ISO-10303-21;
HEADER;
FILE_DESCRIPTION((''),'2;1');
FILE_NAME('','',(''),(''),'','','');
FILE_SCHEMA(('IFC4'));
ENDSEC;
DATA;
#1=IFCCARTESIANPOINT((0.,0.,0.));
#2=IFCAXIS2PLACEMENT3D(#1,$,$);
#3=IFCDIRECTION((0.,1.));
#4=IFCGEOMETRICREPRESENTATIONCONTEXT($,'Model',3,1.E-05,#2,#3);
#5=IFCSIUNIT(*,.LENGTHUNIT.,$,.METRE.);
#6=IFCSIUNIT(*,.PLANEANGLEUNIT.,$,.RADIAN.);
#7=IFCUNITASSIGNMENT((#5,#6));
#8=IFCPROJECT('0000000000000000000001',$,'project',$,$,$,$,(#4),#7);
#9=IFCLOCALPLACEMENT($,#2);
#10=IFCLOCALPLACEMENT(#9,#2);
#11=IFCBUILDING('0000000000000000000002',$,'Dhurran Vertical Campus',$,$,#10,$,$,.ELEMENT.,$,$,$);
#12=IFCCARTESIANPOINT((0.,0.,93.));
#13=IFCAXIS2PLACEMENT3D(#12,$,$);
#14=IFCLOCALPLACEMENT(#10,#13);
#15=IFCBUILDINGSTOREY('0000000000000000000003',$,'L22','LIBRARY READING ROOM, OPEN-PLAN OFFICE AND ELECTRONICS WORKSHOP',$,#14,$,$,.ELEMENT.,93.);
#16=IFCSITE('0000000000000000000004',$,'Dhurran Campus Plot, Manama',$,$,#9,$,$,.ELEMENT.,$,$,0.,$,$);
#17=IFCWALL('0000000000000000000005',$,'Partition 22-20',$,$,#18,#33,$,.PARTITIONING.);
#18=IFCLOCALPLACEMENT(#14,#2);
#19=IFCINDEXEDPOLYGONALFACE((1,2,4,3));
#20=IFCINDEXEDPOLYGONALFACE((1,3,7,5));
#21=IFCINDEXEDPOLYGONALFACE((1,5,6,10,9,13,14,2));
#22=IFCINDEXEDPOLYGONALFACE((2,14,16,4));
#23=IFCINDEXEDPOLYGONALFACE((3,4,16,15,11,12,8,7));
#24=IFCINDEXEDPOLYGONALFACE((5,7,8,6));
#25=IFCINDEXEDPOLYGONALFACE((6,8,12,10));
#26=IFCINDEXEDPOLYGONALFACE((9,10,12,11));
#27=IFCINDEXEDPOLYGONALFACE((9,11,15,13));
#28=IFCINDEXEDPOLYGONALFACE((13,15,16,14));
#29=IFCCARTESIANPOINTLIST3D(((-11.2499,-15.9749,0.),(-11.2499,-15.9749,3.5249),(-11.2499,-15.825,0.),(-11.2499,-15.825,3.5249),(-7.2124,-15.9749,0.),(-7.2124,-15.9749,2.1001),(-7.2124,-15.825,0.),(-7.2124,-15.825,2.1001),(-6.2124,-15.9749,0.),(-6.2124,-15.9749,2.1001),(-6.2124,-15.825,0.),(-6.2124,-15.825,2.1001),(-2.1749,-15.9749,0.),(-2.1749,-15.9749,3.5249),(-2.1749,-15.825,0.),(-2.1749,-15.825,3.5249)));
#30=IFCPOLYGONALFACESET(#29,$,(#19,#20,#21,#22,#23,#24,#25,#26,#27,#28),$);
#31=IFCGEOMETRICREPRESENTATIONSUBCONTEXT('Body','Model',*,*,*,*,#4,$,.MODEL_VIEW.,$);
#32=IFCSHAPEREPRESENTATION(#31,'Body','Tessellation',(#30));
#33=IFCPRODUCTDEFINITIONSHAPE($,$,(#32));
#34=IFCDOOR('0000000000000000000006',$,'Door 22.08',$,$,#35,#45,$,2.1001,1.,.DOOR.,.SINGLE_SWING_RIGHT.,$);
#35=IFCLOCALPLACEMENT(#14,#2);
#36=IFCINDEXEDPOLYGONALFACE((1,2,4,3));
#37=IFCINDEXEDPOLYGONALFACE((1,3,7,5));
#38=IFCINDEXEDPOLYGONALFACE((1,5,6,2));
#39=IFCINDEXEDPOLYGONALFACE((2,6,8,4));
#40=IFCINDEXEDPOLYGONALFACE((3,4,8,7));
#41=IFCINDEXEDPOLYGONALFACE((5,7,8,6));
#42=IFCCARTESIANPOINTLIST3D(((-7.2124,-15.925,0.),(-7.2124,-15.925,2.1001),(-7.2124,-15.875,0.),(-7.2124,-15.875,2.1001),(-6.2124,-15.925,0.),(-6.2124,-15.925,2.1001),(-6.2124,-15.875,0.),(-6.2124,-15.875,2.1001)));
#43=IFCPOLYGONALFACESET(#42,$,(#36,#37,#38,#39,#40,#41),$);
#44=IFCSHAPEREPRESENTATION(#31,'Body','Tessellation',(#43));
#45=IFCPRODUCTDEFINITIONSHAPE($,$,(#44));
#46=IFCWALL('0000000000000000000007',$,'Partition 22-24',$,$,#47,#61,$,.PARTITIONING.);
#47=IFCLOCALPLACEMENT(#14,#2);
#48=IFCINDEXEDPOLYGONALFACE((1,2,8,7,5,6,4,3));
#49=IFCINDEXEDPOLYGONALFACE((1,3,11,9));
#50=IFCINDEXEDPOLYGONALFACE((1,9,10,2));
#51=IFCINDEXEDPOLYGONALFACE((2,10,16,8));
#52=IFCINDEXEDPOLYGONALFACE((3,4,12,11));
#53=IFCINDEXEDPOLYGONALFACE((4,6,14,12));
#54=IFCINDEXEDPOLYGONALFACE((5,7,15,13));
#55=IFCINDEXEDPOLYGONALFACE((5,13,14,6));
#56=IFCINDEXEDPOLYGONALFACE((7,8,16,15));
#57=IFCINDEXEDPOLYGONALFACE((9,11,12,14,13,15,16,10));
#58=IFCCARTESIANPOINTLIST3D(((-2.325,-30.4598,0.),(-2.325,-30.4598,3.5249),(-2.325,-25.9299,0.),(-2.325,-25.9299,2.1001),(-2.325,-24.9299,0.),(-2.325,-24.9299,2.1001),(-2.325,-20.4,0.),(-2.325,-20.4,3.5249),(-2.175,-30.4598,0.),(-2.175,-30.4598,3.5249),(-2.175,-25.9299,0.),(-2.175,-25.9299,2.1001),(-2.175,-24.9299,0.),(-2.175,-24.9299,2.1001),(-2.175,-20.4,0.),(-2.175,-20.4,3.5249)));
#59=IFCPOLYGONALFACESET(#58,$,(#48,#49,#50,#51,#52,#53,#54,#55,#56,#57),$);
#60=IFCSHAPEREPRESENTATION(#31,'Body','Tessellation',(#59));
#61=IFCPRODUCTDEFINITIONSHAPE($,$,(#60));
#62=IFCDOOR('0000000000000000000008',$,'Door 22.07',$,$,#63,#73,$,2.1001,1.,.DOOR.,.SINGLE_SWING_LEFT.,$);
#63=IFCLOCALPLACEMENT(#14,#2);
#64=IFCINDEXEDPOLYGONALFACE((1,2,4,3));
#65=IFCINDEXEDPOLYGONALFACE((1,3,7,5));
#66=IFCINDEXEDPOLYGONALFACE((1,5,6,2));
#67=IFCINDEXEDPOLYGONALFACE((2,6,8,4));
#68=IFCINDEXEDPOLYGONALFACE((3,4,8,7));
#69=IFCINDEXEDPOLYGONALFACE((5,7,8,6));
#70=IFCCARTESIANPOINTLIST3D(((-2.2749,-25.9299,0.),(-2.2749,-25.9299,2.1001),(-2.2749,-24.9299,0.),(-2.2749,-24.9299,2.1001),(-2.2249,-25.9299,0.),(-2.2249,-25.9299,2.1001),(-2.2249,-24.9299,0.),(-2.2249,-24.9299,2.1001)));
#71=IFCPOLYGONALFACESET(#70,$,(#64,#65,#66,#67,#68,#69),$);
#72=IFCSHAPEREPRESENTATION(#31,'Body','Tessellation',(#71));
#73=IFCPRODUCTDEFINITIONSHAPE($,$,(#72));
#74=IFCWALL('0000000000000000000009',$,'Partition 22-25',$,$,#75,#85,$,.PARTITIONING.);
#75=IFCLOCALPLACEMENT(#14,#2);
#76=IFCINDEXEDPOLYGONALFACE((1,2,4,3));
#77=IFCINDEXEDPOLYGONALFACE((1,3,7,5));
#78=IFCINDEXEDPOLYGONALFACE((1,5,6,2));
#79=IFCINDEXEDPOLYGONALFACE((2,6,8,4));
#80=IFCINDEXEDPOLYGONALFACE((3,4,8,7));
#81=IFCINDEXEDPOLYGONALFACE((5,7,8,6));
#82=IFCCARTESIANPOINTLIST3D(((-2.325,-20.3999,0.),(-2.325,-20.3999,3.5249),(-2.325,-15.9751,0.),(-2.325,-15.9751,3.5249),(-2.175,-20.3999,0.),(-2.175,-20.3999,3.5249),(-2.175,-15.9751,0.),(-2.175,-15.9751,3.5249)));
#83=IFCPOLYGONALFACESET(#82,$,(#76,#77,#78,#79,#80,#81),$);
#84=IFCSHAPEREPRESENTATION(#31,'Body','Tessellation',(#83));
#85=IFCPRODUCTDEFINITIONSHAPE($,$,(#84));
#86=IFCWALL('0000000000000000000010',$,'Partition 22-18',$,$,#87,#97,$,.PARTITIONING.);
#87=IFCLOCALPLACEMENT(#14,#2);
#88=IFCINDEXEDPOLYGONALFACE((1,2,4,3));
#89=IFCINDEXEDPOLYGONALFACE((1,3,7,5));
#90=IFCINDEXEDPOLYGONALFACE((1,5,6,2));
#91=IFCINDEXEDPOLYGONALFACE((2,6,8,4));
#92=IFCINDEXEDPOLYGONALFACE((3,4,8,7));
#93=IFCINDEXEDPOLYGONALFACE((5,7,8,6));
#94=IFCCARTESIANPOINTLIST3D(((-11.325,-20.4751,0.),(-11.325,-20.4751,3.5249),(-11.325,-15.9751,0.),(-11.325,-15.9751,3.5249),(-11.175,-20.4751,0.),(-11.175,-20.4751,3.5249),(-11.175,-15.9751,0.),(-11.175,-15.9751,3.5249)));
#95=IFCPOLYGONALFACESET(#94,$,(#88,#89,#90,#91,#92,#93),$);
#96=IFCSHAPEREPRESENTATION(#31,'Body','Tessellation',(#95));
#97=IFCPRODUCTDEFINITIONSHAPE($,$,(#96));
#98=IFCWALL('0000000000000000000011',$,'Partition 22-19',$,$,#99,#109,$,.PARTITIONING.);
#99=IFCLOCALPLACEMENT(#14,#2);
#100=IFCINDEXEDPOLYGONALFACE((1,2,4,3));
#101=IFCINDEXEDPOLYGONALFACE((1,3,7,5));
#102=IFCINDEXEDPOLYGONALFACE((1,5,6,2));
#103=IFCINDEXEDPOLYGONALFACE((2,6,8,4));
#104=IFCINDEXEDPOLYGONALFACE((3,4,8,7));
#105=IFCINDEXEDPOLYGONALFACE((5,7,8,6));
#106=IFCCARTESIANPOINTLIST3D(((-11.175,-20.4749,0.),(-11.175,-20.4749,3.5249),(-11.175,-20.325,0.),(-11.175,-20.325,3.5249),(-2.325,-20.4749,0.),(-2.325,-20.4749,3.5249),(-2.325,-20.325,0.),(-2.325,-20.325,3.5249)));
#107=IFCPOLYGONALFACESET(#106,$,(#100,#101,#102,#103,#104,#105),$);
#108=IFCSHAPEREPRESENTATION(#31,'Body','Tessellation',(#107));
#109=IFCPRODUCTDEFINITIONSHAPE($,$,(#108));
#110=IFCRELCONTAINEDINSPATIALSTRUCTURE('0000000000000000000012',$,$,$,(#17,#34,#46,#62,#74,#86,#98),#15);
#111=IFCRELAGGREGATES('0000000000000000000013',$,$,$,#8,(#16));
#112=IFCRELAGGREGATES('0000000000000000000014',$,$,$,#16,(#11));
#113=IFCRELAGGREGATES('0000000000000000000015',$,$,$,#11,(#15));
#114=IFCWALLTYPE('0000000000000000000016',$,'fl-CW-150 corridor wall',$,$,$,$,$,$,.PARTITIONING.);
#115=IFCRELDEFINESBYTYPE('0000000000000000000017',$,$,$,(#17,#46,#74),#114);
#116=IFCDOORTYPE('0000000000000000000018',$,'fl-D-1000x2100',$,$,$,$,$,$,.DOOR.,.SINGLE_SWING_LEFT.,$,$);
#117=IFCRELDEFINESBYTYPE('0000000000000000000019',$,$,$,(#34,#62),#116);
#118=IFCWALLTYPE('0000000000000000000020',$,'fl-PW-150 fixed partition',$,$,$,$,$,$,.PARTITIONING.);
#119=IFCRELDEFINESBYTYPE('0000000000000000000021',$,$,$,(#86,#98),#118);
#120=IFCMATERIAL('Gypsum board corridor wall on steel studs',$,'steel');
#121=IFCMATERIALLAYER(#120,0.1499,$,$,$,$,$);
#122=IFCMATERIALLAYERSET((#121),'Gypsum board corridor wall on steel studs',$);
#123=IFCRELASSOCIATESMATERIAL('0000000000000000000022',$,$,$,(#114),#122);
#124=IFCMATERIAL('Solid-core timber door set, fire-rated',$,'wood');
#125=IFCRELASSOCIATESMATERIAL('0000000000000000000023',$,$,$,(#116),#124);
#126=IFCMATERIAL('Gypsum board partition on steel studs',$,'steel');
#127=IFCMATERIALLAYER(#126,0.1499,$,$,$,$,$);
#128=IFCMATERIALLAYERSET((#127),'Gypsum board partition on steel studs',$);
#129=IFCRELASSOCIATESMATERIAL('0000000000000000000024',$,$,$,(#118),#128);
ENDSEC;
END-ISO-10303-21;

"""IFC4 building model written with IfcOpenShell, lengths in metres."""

from ifc_helpers import new_model, si_unit, direction, frame, frame_2d, origin, place, context, subcontext, project, spatial, rectangle, extrude, material, layer, layer_set, type_object, element, fill, save


model = new_model("IFC4")

# Units and contexts
model_context = context("Model", 3, precision=1e-05, world=origin(), true_north=direction((0.0, 1.0)))
body_context = subcontext(model_context, "Body", "Model", "MODEL_VIEW")
ifc_project = project(units=[si_unit("LENGTHUNIT", "METRE"), si_unit("PLANEANGLEUNIT", "RADIAN")], contexts=[model_context])

# Site, building, storey
site_placement = place(None, origin())
site = spatial("IfcSite", under=ifc_project, at=site_placement, Name="Dhurran Campus Plot, Manama", CompositionType="ELEMENT", RefElevation=0.0)
building_placement = place(site_placement, origin())
building = spatial("IfcBuilding", under=site, at=building_placement, Name="Dhurran Vertical Campus", CompositionType="ELEMENT")
storey_placement = place(building_placement, frame((0.0, 0.0, 93.0)))
storey = spatial("IfcBuildingStorey", under=building, at=storey_placement, Name="L22", Description="LIBRARY READING ROOM, OPEN-PLAN OFFICE AND ELECTRONICS WORKSHOP", CompositionType="ELEMENT", Elevation=93.0)

# Walls, openings, doors
ifc_material_1 = material(Name="Gypsum board corridor wall on steel studs", Category="steel")
ifc_layer_1 = layer(ifc_material_1, 0.1499)
ifc_layer_set_1 = layer_set([ifc_layer_1], Name="Gypsum board corridor wall on steel studs")
wall_type_1 = type_object("IfcWallType", Name="fl-CW-150 corridor wall", PredefinedType="PARTITIONING", material=ifc_layer_set_1)
wall_1_placement = place(storey_placement, frame((-11.25, -15.8999, 0.0), z_axis=(0.0, 0.0, 1.0), x_axis=(1.0, 0.0, 0.0)))
wall_1 = element("IfcWall", 1, at=wall_1_placement, inside=storey, type_object=wall_type_1, Name="Partition 22-20", PredefinedType="PARTITIONING", context=body_context, shape_type="SweptSolid", body=[
    extrude(rectangle(XDim=9.075, YDim=0.1499, at=frame_2d((4.5376, 0.0))), origin(), (0.0, 0.0, 1.0), 3.5249),
])
opening_1_placement = place(wall_1_placement, frame((4.0376, 0.0, 0.0)))
opening_1 = element("IfcOpeningElement", 2, at=opening_1_placement, cuts=wall_1, PredefinedType="OPENING", context=body_context, shape_type="SweptSolid", body=[
    extrude(rectangle(XDim=1.0, YDim=2.1001, at=frame_2d((0.5, 1.05))), frame((0.0, 0.085, 0.0), z_axis=(0.0, -1.0, 0.0), x_axis=(1.0, 0.0, 0.0)), (0.0, 0.0, 1.0), 0.1699),
])
ifc_material_2 = material(Name="Solid-core timber door set, fire-rated", Category="wood")
door_type_1 = type_object("IfcDoorType", Name="fl-D-1000x2100", OperationType="SINGLE_SWING_LEFT", PredefinedType="DOOR", material=ifc_material_2)
door_1_placement = place(opening_1_placement, origin())
door_1 = element("IfcDoor", 3, at=door_1_placement, inside=storey, type_object=door_type_1, Name="Door 22.08", OperationType="SINGLE_SWING_RIGHT", OverallHeight=2.1001, OverallWidth=1.0, PredefinedType="DOOR", context=body_context, shape_type="SweptSolid", body=[
    extrude(rectangle(XDim=1.0, YDim=2.1001, at=frame_2d((0.5, 1.05))), frame((0.0, 0.0249, 0.0), z_axis=(0.0, -1.0, 0.0), x_axis=(1.0, 0.0, 0.0)), (0.0, 0.0, 1.0), 0.05),
])
fill(opening_1, door_1)
wall_2_placement = place(storey_placement, frame((-2.25, -30.4597, 0.0), z_axis=(0.0, 0.0, 1.0), x_axis=(0.0, 1.0, 0.0)))
wall_2 = element("IfcWall", 4, at=wall_2_placement, inside=storey, type_object=wall_type_1, Name="Partition 22-24", PredefinedType="PARTITIONING", context=body_context, shape_type="SweptSolid", body=[
    extrude(rectangle(XDim=10.0598, YDim=0.1499, at=frame_2d((5.0298, 0.0))), origin(), (0.0, 0.0, 1.0), 3.5249),
])
opening_2_placement = place(wall_2_placement, frame((4.5298, 0.0, 0.0)))
opening_2 = element("IfcOpeningElement", 5, at=opening_2_placement, cuts=wall_2, PredefinedType="OPENING", context=body_context, shape_type="SweptSolid", body=[
    extrude(rectangle(XDim=1.0, YDim=2.1001, at=frame_2d((0.5, 1.05))), frame((0.0, 0.085, 0.0), z_axis=(0.0, -1.0, 0.0), x_axis=(1.0, 0.0, 0.0)), (0.0, 0.0, 1.0), 0.1699),
])
door_2_placement = place(opening_2_placement, origin())
door_2 = element("IfcDoor", 6, at=door_2_placement, inside=storey, type_object=door_type_1, Name="Door 22.07", OperationType="SINGLE_SWING_LEFT", OverallHeight=2.1001, OverallWidth=1.0, PredefinedType="DOOR", context=body_context, shape_type="SweptSolid", body=[
    extrude(rectangle(XDim=1.0, YDim=2.1001, at=frame_2d((0.5, 1.05))), frame((0.0, 0.0249, 0.0), z_axis=(0.0, -1.0, 0.0), x_axis=(1.0, 0.0, 0.0)), (0.0, 0.0, 1.0), 0.05),
])
fill(opening_2, door_2)

# Walls
wall_3_placement = place(storey_placement, frame((-2.25, -20.3999, 0.0), z_axis=(0.0, 0.0, 1.0), x_axis=(0.0, 1.0, 0.0)))
element("IfcWall", 7, at=wall_3_placement, inside=storey, type_object=wall_type_1, Name="Partition 22-25", PredefinedType="PARTITIONING", context=body_context, shape_type="SweptSolid", body=[
    extrude(rectangle(XDim=4.4248, YDim=0.1499, at=frame_2d((2.2124, 0.0))), origin(), (0.0, 0.0, 1.0), 3.5249),
])
ifc_material_3 = material(Name="Gypsum board partition on steel studs", Category="steel")
ifc_layer_2 = layer(ifc_material_3, 0.1499)
ifc_layer_set_2 = layer_set([ifc_layer_2], Name="Gypsum board partition on steel studs")
wall_type_2 = type_object("IfcWallType", Name="fl-PW-150 fixed partition", PredefinedType="PARTITIONING", material=ifc_layer_set_2)
wall_4_placement = place(storey_placement, frame((-11.25, -15.9751, 0.0), z_axis=(0.0, 0.0, 1.0), x_axis=(0.0, -1.0, 0.0)))
element("IfcWall", 8, at=wall_4_placement, inside=storey, type_object=wall_type_2, Name="Partition 22-18", PredefinedType="PARTITIONING", context=body_context, shape_type="SweptSolid", body=[
    extrude(rectangle(XDim=4.5, YDim=0.1499, at=frame_2d((2.25, 0.0))), origin(), (0.0, 0.0, 1.0), 3.5249),
])
wall_5_placement = place(storey_placement, frame((-11.175, -20.3999, 0.0), z_axis=(0.0, 0.0, 1.0), x_axis=(1.0, 0.0, 0.0)))
element("IfcWall", 9, at=wall_5_placement, inside=storey, type_object=wall_type_2, Name="Partition 22-19", PredefinedType="PARTITIONING", context=body_context, shape_type="SweptSolid", body=[
    extrude(rectangle(XDim=8.8501, YDim=0.1499, at=frame_2d((4.425, 0.0))), origin(), (0.0, 0.0, 1.0), 3.5249),
])

save(model, "model.ifc")
